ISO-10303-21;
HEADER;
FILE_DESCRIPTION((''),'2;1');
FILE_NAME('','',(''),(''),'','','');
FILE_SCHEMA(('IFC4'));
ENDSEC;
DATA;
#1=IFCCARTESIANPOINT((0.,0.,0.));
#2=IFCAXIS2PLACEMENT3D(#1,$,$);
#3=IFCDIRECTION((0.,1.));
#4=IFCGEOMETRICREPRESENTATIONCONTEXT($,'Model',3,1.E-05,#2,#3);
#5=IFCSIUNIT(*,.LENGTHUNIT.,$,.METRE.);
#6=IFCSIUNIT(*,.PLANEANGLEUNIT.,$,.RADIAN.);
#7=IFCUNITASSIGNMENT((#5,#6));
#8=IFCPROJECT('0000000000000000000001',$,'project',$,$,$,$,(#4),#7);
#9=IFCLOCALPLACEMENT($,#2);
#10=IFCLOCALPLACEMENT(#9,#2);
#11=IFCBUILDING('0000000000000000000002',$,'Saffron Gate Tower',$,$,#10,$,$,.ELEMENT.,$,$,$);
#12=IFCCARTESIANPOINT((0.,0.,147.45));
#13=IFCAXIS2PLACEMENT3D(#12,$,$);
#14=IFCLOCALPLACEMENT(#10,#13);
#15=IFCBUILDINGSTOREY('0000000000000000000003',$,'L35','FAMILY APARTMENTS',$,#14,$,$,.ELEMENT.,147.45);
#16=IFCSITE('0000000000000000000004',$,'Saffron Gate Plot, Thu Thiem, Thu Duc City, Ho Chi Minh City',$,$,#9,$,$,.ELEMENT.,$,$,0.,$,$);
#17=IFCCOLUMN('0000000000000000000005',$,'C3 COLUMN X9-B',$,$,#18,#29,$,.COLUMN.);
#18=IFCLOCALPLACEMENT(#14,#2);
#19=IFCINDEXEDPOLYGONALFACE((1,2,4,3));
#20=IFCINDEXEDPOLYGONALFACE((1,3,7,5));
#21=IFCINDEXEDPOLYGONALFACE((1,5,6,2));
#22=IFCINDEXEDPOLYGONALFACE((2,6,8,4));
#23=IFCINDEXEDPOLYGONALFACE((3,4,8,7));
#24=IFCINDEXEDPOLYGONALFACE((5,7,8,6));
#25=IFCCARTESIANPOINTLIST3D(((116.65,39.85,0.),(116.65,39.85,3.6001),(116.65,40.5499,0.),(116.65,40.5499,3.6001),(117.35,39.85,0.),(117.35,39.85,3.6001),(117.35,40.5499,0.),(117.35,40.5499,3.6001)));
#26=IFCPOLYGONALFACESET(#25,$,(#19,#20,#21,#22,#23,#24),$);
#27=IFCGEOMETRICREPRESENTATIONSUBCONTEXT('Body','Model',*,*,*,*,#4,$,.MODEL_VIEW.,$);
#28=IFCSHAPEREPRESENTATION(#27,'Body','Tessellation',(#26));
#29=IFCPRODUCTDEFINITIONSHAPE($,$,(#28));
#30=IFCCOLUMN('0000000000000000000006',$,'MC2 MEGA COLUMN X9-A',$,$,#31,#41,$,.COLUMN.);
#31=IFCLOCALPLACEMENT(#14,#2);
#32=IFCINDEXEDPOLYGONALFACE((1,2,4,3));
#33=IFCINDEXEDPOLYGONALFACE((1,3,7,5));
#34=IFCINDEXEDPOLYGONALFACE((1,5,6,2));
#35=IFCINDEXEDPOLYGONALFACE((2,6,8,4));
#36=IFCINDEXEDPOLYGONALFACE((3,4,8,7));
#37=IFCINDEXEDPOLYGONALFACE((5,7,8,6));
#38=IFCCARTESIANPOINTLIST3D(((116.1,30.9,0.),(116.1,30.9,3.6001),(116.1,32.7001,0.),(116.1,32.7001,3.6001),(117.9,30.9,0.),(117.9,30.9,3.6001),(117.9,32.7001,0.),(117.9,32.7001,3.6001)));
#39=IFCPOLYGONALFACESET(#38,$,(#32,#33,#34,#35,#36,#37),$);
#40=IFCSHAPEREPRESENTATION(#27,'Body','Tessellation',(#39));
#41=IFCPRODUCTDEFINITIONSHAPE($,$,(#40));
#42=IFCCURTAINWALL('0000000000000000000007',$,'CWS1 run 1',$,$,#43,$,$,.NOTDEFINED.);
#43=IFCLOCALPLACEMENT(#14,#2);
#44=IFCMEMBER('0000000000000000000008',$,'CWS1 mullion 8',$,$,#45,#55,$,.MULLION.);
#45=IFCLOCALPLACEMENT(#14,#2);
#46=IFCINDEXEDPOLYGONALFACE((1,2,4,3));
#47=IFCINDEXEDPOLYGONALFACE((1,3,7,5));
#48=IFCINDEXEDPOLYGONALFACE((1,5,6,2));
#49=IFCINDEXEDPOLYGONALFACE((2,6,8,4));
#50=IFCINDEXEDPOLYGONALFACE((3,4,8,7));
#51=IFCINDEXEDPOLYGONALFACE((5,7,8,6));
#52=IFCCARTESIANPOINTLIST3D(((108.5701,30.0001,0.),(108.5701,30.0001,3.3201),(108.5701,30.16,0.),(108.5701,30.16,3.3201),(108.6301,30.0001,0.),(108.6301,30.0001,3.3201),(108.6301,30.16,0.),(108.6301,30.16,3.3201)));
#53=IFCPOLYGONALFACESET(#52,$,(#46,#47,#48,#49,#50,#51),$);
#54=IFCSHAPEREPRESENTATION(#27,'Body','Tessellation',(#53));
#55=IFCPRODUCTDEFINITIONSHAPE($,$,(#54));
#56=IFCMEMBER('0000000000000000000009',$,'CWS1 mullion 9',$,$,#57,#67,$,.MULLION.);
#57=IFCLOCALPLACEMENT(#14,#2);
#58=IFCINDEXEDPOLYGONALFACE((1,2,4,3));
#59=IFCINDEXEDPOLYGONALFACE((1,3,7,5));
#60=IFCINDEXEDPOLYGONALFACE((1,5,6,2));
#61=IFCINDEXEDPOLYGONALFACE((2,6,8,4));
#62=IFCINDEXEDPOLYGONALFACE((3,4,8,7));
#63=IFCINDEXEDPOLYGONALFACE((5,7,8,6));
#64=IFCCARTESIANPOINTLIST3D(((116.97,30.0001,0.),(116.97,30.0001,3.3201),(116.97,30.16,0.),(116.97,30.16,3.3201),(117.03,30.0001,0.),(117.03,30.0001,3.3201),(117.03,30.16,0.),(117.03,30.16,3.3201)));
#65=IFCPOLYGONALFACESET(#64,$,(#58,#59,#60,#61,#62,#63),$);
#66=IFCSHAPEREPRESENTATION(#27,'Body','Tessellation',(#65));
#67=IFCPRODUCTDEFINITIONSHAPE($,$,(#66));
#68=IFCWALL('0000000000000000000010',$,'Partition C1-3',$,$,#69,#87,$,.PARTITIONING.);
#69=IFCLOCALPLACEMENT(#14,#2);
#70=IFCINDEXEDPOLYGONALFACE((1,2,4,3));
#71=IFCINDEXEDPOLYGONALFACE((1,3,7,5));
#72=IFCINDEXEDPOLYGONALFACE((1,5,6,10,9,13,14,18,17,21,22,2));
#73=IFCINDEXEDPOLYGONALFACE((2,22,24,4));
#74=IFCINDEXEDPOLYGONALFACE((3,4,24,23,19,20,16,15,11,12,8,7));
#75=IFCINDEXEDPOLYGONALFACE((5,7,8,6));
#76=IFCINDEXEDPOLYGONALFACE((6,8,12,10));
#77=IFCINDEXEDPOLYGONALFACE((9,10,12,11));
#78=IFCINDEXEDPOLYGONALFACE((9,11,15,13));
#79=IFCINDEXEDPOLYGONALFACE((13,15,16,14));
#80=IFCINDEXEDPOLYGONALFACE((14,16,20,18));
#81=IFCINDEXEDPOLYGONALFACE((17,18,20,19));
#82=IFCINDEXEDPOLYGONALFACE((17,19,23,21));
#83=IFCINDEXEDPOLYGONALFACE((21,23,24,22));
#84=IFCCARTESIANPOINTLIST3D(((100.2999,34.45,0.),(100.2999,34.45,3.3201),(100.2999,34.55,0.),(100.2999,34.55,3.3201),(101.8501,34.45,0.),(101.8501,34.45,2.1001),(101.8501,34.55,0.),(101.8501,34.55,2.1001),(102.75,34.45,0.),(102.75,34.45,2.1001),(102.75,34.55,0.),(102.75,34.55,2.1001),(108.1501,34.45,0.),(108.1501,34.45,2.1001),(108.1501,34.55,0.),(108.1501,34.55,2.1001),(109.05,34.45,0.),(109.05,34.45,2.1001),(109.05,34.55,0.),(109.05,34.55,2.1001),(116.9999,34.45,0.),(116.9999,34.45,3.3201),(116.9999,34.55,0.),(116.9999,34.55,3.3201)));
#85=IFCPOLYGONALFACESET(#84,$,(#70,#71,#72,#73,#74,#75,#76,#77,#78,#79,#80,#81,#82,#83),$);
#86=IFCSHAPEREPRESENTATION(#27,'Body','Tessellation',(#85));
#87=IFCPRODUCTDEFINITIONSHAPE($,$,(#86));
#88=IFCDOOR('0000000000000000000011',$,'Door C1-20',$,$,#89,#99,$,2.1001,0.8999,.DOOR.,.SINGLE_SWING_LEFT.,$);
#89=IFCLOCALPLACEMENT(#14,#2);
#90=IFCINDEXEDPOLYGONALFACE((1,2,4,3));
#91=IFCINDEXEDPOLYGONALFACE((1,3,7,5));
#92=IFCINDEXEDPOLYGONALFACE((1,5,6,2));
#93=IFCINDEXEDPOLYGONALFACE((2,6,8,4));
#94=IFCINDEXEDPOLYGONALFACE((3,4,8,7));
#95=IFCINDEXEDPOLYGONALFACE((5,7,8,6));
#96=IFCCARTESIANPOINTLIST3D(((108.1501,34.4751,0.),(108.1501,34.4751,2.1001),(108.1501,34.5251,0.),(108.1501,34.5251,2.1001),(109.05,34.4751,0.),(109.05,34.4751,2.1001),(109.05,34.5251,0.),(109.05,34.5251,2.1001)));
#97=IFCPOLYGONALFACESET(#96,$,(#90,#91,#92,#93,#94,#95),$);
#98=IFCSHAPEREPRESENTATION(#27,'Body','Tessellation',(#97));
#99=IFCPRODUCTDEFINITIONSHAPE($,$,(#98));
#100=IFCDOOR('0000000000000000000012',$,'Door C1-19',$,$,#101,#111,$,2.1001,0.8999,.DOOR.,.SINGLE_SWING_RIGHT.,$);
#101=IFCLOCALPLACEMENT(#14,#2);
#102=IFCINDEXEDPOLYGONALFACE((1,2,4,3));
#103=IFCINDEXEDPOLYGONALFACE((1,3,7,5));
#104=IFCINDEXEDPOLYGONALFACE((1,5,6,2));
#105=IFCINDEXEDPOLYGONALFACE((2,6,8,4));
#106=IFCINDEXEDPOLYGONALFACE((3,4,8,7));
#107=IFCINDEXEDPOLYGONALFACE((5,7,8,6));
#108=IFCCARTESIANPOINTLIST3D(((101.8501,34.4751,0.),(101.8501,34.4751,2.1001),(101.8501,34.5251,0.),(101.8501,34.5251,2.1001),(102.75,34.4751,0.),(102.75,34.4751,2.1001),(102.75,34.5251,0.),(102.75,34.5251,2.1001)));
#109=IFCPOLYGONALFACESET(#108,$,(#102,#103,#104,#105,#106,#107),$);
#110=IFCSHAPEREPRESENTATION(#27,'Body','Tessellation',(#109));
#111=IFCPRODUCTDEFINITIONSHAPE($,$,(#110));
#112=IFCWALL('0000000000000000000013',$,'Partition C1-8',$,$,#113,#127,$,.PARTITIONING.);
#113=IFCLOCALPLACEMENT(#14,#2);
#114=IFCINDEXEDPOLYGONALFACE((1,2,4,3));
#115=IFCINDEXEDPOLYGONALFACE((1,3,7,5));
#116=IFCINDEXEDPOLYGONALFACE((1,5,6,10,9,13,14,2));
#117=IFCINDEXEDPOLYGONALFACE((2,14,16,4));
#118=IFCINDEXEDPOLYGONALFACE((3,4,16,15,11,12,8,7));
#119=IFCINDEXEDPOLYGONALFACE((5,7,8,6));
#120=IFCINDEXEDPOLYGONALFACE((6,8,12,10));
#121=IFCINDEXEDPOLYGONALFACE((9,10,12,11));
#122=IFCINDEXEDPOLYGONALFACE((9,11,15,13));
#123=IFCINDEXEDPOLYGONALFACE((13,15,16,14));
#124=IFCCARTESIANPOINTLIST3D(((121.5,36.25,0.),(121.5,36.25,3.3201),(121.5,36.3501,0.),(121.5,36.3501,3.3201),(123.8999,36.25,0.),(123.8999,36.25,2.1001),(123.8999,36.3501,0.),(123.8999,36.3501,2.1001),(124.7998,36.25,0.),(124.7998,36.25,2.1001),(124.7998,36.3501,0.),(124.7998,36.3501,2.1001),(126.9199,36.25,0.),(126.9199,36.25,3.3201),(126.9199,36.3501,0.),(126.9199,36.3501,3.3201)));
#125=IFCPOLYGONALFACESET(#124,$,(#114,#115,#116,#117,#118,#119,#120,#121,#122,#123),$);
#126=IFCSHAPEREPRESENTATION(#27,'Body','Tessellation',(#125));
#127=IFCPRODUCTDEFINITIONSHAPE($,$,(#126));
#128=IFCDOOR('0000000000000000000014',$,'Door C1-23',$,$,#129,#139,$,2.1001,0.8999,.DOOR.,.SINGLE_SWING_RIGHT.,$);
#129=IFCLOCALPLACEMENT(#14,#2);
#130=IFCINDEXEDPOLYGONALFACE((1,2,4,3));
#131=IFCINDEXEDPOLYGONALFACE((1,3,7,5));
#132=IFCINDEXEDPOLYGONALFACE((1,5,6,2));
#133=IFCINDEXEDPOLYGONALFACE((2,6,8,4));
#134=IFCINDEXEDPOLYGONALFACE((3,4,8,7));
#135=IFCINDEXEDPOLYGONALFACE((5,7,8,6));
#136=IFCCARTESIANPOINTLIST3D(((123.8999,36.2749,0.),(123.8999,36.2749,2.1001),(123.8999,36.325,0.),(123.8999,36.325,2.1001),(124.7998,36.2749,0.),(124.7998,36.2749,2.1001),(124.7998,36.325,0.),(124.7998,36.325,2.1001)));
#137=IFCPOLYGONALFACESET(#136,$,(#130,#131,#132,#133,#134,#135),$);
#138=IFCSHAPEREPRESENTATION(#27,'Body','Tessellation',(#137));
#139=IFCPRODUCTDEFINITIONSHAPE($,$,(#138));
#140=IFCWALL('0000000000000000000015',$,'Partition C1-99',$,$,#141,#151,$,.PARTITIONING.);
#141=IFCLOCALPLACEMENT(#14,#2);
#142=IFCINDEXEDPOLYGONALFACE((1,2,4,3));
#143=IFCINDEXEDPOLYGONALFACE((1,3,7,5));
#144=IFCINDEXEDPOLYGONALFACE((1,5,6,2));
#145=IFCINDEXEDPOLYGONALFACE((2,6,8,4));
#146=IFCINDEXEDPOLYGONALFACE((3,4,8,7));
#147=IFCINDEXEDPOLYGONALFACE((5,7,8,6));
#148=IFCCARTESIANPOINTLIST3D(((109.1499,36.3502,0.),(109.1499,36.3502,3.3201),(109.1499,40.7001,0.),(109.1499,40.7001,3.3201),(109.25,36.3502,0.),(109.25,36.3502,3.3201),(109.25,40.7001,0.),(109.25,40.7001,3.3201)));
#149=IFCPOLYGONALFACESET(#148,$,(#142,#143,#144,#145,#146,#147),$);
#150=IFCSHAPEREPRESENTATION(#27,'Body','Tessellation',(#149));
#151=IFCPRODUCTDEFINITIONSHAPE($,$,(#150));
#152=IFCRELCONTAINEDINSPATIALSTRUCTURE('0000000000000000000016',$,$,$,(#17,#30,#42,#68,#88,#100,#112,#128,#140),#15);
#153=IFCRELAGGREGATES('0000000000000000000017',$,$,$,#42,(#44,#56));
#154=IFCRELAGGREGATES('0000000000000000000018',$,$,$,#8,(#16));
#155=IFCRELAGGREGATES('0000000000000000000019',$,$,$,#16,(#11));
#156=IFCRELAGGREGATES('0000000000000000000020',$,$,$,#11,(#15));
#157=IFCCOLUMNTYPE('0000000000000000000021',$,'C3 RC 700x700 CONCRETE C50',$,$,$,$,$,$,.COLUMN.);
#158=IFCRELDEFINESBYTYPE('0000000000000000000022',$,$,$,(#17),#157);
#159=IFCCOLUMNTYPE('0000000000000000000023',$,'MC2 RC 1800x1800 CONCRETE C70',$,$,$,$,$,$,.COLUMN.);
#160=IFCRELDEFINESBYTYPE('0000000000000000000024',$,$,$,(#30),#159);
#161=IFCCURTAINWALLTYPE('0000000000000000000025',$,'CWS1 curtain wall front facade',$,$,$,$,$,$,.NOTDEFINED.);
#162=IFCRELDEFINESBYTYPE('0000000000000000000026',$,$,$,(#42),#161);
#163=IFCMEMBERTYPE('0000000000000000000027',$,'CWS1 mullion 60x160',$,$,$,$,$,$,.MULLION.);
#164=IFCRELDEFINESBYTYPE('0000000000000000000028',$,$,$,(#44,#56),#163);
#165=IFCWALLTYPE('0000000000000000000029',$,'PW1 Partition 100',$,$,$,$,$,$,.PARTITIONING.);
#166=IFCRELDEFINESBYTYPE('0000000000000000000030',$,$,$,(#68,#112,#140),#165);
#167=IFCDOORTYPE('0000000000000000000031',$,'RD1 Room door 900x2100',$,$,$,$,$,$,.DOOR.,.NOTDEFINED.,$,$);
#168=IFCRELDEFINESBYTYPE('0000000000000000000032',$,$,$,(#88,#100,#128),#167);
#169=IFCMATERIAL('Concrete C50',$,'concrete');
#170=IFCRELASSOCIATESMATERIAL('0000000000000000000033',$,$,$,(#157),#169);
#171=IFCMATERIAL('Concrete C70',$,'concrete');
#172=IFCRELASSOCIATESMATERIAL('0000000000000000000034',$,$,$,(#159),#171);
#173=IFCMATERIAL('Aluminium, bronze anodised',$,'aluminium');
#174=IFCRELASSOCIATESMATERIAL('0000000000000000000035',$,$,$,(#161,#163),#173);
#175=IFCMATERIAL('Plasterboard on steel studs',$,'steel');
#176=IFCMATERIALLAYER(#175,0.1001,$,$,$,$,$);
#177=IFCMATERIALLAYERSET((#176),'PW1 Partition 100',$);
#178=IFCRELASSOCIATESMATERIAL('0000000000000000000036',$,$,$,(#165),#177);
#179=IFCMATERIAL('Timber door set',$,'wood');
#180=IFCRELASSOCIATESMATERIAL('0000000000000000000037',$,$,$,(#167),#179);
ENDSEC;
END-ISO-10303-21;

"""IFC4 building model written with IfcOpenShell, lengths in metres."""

from ifc_helpers import new_model, si_unit, direction, frame, frame_2d, origin, origin_2d, place, context, subcontext, project, spatial, rectangle, extrude, material, layer, layer_set, material_profile, profile_set, type_object, element, fill, aggregate, save


model = new_model("IFC4")

# Units and contexts
model_context = context("Model", 3, precision=1e-05, world=origin(), true_north=direction((0.0, 1.0)))
body_context = subcontext(model_context, "Body", "Model", "MODEL_VIEW")
ifc_project = project(units=[si_unit("LENGTHUNIT", "METRE"), si_unit("PLANEANGLEUNIT", "RADIAN")], contexts=[model_context])

# Site, building, storey
site_placement = place(None, origin())
site = spatial("IfcSite", under=ifc_project, at=site_placement, Name="Saffron Gate Plot, Thu Thiem, Thu Duc City, Ho Chi Minh City", CompositionType="ELEMENT", RefElevation=0.0)
building_placement = place(site_placement, origin())
building = spatial("IfcBuilding", under=site, at=building_placement, Name="Saffron Gate Tower", CompositionType="ELEMENT")
storey_placement = place(building_placement, frame((0.0, 0.0, 147.45)))
storey = spatial("IfcBuildingStorey", under=building, at=storey_placement, Name="L35", Description="FAMILY APARTMENTS", CompositionType="ELEMENT", Elevation=147.45)

# Columns
ifc_material_1 = material(Name="Concrete C50", Category="concrete")
ifc_material_profile_1 = material_profile(ifc_material_1, rectangle(XDim=0.7, YDim=0.7, at=origin_2d()))
ifc_profile_set_1 = profile_set([ifc_material_profile_1], Name="Concrete C50")
column_type_1 = type_object("IfcColumnType", Name="C3 RC 700x700 CONCRETE C50", PredefinedType="COLUMN", material=ifc_profile_set_1)
column_1_placement = place(storey_placement, frame((117.0, 40.2, 0.0), z_axis=(0.0, 0.0, 1.0), x_axis=(1.0, 0.0, 0.0)))
element("IfcColumn", 1, at=column_1_placement, inside=storey, type_object=column_type_1, Name="C3 COLUMN X9-B", PredefinedType="COLUMN", context=body_context, shape_type="SweptSolid", body=[
    extrude(rectangle(XDim=0.7, YDim=0.7, at=origin_2d()), origin(), (0.0, 0.0, 1.0), 3.6001),
])
ifc_material_2 = material(Name="Concrete C70", Category="concrete")
ifc_material_profile_2 = material_profile(ifc_material_2, rectangle(XDim=1.8, YDim=1.8, at=origin_2d()))
ifc_profile_set_2 = profile_set([ifc_material_profile_2], Name="Concrete C70")
column_type_2 = type_object("IfcColumnType", Name="MC2 RC 1800x1800 CONCRETE C70", PredefinedType="COLUMN", material=ifc_profile_set_2)
column_2_placement = place(storey_placement, frame((117.0, 31.8, 0.0), z_axis=(0.0, 0.0, 1.0), x_axis=(1.0, 0.0, 0.0)))
element("IfcColumn", 2, at=column_2_placement, inside=storey, type_object=column_type_2, Name="MC2 MEGA COLUMN X9-A", PredefinedType="COLUMN", context=body_context, shape_type="SweptSolid", body=[
    extrude(rectangle(XDim=1.8, YDim=1.8, at=origin_2d()), origin(), (0.0, 0.0, 1.0), 3.6001),
])

# Curtain wall, members
ifc_material_3 = material(Name="Aluminium, bronze anodised", Category="aluminium")
curtain_wall_type = type_object("IfcCurtainWallType", Name="CWS1 curtain wall front facade", PredefinedType="NOTDEFINED", material=ifc_material_3)
curtain_wall_placement = place(storey_placement, origin())
curtain_wall = element("IfcCurtainWall", 3, at=curtain_wall_placement, inside=storey, type_object=curtain_wall_type, Name="CWS1 run 1", PredefinedType="NOTDEFINED")
ifc_material_profile_3 = material_profile(ifc_material_3, rectangle(XDim=0.1599, YDim=0.0601, at=origin_2d()))
ifc_profile_set_3 = profile_set([ifc_material_profile_3], Name="Aluminium, bronze anodised")
member_type = type_object("IfcMemberType", Name="CWS1 mullion 60x160", PredefinedType="MULLION", material=ifc_profile_set_3)
member_1_placement = place(storey_placement, frame((108.6001, 30.0801, 0.0), z_axis=(0.0, 0.0, 1.0), x_axis=(0.0, 1.0, 0.0)))
member_1 = element("IfcMember", 4, at=member_1_placement, type_object=member_type, Name="CWS1 mullion 8", PredefinedType="MULLION", context=body_context, shape_type="SweptSolid", body=[
    extrude(rectangle(XDim=0.1599, YDim=0.0601, at=origin_2d()), origin(), (0.0, 0.0, 1.0), 3.3201),
])
member_2_placement = place(storey_placement, frame((117.0, 30.0801, 0.0), z_axis=(0.0, 0.0, 1.0), x_axis=(0.0, 1.0, 0.0)))
member_2 = element("IfcMember", 5, at=member_2_placement, type_object=member_type, Name="CWS1 mullion 9", PredefinedType="MULLION", context=body_context, shape_type="SweptSolid", body=[
    extrude(rectangle(XDim=0.1599, YDim=0.0601, at=origin_2d()), origin(), (0.0, 0.0, 1.0), 3.3201),
])
aggregate(curtain_wall, [member_1, member_2])

# Wall, openings, doors
ifc_material_4 = material(Name="Plasterboard on steel studs", Category="steel")
ifc_layer_1 = layer(ifc_material_4, 0.1001)
ifc_layer_set_1 = layer_set([ifc_layer_1], Name="PW1 Partition 100")
wall_type_1 = type_object("IfcWallType", Name="PW1 Partition 100", PredefinedType="PARTITIONING", material=ifc_layer_set_1)
wall_1_placement = place(storey_placement, frame((117.0, 34.5, 0.0), z_axis=(0.0, 0.0, 1.0), x_axis=(-1.0, 0.0, 0.0)))
wall_1 = element("IfcWall", 6, at=wall_1_placement, inside=storey, type_object=wall_type_1, Name="Partition C1-3", PredefinedType="PARTITIONING", context=body_context, shape_type="SweptSolid", body=[
    extrude(rectangle(XDim=16.7, YDim=0.1001, at=frame_2d((8.3501, 0.0))), origin(), (0.0, 0.0, 1.0), 3.3201),
])
opening_1_placement = place(wall_1_placement, frame((7.95, 0.0, 0.0)))
opening_1 = element("IfcOpeningElement", 7, at=opening_1_placement, cuts=wall_1, PredefinedType="OPENING", context=body_context, shape_type="SweptSolid", body=[
    extrude(rectangle(XDim=0.8999, YDim=2.1001, at=frame_2d((0.45, 1.05))), frame((0.0, 0.0601, 0.0), z_axis=(0.0, -1.0, 0.0), x_axis=(1.0, 0.0, 0.0)), (0.0, 0.0, 1.0), 0.1201),
])
opening_2_placement = place(wall_1_placement, frame((14.25, 0.0, 0.0)))
opening_2 = element("IfcOpeningElement", 8, at=opening_2_placement, cuts=wall_1, PredefinedType="OPENING", context=body_context, shape_type="SweptSolid", body=[
    extrude(rectangle(XDim=0.8999, YDim=2.1001, at=frame_2d((0.45, 1.05))), frame((0.0, 0.0601, 0.0), z_axis=(0.0, -1.0, 0.0), x_axis=(1.0, 0.0, 0.0)), (0.0, 0.0, 1.0), 0.1201),
])
ifc_material_5 = material(Name="Timber door set", Category="wood")
door_type_1 = type_object("IfcDoorType", Name="RD1 Room door 900x2100", OperationType="NOTDEFINED", PredefinedType="DOOR", material=ifc_material_5)
door_1_placement = place(opening_1_placement, origin())
door_1 = element("IfcDoor", 9, at=door_1_placement, inside=storey, type_object=door_type_1, Name="Door C1-20", OperationType="SINGLE_SWING_LEFT", OverallHeight=2.1001, OverallWidth=0.8999, PredefinedType="DOOR", context=body_context, shape_type="SweptSolid", body=[
    extrude(rectangle(XDim=0.8999, YDim=2.1001, at=frame_2d((0.45, 1.05))), frame((0.0, 0.0249, 0.0), z_axis=(0.0, -1.0, 0.0), x_axis=(1.0, 0.0, 0.0)), (0.0, 0.0, 1.0), 0.05),
])
fill(opening_1, door_1)
door_2_placement = place(opening_2_placement, origin())
door_2 = element("IfcDoor", 10, at=door_2_placement, inside=storey, type_object=door_type_1, Name="Door C1-19", OperationType="SINGLE_SWING_RIGHT", OverallHeight=2.1001, OverallWidth=0.8999, PredefinedType="DOOR", context=body_context, shape_type="SweptSolid", body=[
    extrude(rectangle(XDim=0.8999, YDim=2.1001, at=frame_2d((0.45, 1.05))), frame((0.0, 0.0249, 0.0), z_axis=(0.0, -1.0, 0.0), x_axis=(1.0, 0.0, 0.0)), (0.0, 0.0, 1.0), 0.05),
])
fill(opening_2, door_2)

# Wall, opening, door
wall_2_placement = place(storey_placement, frame((121.5, 36.3, 0.0), z_axis=(0.0, 0.0, 1.0), x_axis=(1.0, 0.0, 0.0)))
wall_2 = element("IfcWall", 11, at=wall_2_placement, inside=storey, type_object=wall_type_1, Name="Partition C1-8", PredefinedType="PARTITIONING", context=body_context, shape_type="SweptSolid", body=[
    extrude(rectangle(XDim=5.4199, YDim=0.1001, at=frame_2d((2.71, 0.0))), origin(), (0.0, 0.0, 1.0), 3.3201),
])
opening_3_placement = place(wall_2_placement, frame((2.3999, 0.0, 0.0)))
opening_3 = element("IfcOpeningElement", 12, at=opening_3_placement, cuts=wall_2, PredefinedType="OPENING", context=body_context, shape_type="SweptSolid", body=[
    extrude(rectangle(XDim=0.8999, YDim=2.1001, at=frame_2d((0.45, 1.05))), frame((0.0, 0.0601, 0.0), z_axis=(0.0, -1.0, 0.0), x_axis=(1.0, 0.0, 0.0)), (0.0, 0.0, 1.0), 0.1201),
])
door_3_placement = place(opening_3_placement, origin())
door_3 = element("IfcDoor", 13, at=door_3_placement, inside=storey, type_object=door_type_1, Name="Door C1-23", OperationType="SINGLE_SWING_RIGHT", OverallHeight=2.1001, OverallWidth=0.8999, PredefinedType="DOOR", context=body_context, shape_type="SweptSolid", body=[
    extrude(rectangle(XDim=0.8999, YDim=2.1001, at=frame_2d((0.45, 1.05))), frame((0.0, 0.0249, 0.0), z_axis=(0.0, -1.0, 0.0), x_axis=(1.0, 0.0, 0.0)), (0.0, 0.0, 1.0), 0.05),
])
fill(opening_3, door_3)

# Wall
wall_3_placement = place(storey_placement, frame((109.2, 40.7, 0.0), z_axis=(0.0, 0.0, 1.0), x_axis=(0.0, -1.0, 0.0)))
element("IfcWall", 14, at=wall_3_placement, inside=storey, type_object=wall_type_1, Name="Partition C1-99", PredefinedType="PARTITIONING", context=body_context, shape_type="SweptSolid", body=[
    extrude(rectangle(XDim=4.3499, YDim=0.1001, at=frame_2d((2.1748, 0.0))), origin(), (0.0, 0.0, 1.0), 3.3201),
])

save(model, "model.ifc")
